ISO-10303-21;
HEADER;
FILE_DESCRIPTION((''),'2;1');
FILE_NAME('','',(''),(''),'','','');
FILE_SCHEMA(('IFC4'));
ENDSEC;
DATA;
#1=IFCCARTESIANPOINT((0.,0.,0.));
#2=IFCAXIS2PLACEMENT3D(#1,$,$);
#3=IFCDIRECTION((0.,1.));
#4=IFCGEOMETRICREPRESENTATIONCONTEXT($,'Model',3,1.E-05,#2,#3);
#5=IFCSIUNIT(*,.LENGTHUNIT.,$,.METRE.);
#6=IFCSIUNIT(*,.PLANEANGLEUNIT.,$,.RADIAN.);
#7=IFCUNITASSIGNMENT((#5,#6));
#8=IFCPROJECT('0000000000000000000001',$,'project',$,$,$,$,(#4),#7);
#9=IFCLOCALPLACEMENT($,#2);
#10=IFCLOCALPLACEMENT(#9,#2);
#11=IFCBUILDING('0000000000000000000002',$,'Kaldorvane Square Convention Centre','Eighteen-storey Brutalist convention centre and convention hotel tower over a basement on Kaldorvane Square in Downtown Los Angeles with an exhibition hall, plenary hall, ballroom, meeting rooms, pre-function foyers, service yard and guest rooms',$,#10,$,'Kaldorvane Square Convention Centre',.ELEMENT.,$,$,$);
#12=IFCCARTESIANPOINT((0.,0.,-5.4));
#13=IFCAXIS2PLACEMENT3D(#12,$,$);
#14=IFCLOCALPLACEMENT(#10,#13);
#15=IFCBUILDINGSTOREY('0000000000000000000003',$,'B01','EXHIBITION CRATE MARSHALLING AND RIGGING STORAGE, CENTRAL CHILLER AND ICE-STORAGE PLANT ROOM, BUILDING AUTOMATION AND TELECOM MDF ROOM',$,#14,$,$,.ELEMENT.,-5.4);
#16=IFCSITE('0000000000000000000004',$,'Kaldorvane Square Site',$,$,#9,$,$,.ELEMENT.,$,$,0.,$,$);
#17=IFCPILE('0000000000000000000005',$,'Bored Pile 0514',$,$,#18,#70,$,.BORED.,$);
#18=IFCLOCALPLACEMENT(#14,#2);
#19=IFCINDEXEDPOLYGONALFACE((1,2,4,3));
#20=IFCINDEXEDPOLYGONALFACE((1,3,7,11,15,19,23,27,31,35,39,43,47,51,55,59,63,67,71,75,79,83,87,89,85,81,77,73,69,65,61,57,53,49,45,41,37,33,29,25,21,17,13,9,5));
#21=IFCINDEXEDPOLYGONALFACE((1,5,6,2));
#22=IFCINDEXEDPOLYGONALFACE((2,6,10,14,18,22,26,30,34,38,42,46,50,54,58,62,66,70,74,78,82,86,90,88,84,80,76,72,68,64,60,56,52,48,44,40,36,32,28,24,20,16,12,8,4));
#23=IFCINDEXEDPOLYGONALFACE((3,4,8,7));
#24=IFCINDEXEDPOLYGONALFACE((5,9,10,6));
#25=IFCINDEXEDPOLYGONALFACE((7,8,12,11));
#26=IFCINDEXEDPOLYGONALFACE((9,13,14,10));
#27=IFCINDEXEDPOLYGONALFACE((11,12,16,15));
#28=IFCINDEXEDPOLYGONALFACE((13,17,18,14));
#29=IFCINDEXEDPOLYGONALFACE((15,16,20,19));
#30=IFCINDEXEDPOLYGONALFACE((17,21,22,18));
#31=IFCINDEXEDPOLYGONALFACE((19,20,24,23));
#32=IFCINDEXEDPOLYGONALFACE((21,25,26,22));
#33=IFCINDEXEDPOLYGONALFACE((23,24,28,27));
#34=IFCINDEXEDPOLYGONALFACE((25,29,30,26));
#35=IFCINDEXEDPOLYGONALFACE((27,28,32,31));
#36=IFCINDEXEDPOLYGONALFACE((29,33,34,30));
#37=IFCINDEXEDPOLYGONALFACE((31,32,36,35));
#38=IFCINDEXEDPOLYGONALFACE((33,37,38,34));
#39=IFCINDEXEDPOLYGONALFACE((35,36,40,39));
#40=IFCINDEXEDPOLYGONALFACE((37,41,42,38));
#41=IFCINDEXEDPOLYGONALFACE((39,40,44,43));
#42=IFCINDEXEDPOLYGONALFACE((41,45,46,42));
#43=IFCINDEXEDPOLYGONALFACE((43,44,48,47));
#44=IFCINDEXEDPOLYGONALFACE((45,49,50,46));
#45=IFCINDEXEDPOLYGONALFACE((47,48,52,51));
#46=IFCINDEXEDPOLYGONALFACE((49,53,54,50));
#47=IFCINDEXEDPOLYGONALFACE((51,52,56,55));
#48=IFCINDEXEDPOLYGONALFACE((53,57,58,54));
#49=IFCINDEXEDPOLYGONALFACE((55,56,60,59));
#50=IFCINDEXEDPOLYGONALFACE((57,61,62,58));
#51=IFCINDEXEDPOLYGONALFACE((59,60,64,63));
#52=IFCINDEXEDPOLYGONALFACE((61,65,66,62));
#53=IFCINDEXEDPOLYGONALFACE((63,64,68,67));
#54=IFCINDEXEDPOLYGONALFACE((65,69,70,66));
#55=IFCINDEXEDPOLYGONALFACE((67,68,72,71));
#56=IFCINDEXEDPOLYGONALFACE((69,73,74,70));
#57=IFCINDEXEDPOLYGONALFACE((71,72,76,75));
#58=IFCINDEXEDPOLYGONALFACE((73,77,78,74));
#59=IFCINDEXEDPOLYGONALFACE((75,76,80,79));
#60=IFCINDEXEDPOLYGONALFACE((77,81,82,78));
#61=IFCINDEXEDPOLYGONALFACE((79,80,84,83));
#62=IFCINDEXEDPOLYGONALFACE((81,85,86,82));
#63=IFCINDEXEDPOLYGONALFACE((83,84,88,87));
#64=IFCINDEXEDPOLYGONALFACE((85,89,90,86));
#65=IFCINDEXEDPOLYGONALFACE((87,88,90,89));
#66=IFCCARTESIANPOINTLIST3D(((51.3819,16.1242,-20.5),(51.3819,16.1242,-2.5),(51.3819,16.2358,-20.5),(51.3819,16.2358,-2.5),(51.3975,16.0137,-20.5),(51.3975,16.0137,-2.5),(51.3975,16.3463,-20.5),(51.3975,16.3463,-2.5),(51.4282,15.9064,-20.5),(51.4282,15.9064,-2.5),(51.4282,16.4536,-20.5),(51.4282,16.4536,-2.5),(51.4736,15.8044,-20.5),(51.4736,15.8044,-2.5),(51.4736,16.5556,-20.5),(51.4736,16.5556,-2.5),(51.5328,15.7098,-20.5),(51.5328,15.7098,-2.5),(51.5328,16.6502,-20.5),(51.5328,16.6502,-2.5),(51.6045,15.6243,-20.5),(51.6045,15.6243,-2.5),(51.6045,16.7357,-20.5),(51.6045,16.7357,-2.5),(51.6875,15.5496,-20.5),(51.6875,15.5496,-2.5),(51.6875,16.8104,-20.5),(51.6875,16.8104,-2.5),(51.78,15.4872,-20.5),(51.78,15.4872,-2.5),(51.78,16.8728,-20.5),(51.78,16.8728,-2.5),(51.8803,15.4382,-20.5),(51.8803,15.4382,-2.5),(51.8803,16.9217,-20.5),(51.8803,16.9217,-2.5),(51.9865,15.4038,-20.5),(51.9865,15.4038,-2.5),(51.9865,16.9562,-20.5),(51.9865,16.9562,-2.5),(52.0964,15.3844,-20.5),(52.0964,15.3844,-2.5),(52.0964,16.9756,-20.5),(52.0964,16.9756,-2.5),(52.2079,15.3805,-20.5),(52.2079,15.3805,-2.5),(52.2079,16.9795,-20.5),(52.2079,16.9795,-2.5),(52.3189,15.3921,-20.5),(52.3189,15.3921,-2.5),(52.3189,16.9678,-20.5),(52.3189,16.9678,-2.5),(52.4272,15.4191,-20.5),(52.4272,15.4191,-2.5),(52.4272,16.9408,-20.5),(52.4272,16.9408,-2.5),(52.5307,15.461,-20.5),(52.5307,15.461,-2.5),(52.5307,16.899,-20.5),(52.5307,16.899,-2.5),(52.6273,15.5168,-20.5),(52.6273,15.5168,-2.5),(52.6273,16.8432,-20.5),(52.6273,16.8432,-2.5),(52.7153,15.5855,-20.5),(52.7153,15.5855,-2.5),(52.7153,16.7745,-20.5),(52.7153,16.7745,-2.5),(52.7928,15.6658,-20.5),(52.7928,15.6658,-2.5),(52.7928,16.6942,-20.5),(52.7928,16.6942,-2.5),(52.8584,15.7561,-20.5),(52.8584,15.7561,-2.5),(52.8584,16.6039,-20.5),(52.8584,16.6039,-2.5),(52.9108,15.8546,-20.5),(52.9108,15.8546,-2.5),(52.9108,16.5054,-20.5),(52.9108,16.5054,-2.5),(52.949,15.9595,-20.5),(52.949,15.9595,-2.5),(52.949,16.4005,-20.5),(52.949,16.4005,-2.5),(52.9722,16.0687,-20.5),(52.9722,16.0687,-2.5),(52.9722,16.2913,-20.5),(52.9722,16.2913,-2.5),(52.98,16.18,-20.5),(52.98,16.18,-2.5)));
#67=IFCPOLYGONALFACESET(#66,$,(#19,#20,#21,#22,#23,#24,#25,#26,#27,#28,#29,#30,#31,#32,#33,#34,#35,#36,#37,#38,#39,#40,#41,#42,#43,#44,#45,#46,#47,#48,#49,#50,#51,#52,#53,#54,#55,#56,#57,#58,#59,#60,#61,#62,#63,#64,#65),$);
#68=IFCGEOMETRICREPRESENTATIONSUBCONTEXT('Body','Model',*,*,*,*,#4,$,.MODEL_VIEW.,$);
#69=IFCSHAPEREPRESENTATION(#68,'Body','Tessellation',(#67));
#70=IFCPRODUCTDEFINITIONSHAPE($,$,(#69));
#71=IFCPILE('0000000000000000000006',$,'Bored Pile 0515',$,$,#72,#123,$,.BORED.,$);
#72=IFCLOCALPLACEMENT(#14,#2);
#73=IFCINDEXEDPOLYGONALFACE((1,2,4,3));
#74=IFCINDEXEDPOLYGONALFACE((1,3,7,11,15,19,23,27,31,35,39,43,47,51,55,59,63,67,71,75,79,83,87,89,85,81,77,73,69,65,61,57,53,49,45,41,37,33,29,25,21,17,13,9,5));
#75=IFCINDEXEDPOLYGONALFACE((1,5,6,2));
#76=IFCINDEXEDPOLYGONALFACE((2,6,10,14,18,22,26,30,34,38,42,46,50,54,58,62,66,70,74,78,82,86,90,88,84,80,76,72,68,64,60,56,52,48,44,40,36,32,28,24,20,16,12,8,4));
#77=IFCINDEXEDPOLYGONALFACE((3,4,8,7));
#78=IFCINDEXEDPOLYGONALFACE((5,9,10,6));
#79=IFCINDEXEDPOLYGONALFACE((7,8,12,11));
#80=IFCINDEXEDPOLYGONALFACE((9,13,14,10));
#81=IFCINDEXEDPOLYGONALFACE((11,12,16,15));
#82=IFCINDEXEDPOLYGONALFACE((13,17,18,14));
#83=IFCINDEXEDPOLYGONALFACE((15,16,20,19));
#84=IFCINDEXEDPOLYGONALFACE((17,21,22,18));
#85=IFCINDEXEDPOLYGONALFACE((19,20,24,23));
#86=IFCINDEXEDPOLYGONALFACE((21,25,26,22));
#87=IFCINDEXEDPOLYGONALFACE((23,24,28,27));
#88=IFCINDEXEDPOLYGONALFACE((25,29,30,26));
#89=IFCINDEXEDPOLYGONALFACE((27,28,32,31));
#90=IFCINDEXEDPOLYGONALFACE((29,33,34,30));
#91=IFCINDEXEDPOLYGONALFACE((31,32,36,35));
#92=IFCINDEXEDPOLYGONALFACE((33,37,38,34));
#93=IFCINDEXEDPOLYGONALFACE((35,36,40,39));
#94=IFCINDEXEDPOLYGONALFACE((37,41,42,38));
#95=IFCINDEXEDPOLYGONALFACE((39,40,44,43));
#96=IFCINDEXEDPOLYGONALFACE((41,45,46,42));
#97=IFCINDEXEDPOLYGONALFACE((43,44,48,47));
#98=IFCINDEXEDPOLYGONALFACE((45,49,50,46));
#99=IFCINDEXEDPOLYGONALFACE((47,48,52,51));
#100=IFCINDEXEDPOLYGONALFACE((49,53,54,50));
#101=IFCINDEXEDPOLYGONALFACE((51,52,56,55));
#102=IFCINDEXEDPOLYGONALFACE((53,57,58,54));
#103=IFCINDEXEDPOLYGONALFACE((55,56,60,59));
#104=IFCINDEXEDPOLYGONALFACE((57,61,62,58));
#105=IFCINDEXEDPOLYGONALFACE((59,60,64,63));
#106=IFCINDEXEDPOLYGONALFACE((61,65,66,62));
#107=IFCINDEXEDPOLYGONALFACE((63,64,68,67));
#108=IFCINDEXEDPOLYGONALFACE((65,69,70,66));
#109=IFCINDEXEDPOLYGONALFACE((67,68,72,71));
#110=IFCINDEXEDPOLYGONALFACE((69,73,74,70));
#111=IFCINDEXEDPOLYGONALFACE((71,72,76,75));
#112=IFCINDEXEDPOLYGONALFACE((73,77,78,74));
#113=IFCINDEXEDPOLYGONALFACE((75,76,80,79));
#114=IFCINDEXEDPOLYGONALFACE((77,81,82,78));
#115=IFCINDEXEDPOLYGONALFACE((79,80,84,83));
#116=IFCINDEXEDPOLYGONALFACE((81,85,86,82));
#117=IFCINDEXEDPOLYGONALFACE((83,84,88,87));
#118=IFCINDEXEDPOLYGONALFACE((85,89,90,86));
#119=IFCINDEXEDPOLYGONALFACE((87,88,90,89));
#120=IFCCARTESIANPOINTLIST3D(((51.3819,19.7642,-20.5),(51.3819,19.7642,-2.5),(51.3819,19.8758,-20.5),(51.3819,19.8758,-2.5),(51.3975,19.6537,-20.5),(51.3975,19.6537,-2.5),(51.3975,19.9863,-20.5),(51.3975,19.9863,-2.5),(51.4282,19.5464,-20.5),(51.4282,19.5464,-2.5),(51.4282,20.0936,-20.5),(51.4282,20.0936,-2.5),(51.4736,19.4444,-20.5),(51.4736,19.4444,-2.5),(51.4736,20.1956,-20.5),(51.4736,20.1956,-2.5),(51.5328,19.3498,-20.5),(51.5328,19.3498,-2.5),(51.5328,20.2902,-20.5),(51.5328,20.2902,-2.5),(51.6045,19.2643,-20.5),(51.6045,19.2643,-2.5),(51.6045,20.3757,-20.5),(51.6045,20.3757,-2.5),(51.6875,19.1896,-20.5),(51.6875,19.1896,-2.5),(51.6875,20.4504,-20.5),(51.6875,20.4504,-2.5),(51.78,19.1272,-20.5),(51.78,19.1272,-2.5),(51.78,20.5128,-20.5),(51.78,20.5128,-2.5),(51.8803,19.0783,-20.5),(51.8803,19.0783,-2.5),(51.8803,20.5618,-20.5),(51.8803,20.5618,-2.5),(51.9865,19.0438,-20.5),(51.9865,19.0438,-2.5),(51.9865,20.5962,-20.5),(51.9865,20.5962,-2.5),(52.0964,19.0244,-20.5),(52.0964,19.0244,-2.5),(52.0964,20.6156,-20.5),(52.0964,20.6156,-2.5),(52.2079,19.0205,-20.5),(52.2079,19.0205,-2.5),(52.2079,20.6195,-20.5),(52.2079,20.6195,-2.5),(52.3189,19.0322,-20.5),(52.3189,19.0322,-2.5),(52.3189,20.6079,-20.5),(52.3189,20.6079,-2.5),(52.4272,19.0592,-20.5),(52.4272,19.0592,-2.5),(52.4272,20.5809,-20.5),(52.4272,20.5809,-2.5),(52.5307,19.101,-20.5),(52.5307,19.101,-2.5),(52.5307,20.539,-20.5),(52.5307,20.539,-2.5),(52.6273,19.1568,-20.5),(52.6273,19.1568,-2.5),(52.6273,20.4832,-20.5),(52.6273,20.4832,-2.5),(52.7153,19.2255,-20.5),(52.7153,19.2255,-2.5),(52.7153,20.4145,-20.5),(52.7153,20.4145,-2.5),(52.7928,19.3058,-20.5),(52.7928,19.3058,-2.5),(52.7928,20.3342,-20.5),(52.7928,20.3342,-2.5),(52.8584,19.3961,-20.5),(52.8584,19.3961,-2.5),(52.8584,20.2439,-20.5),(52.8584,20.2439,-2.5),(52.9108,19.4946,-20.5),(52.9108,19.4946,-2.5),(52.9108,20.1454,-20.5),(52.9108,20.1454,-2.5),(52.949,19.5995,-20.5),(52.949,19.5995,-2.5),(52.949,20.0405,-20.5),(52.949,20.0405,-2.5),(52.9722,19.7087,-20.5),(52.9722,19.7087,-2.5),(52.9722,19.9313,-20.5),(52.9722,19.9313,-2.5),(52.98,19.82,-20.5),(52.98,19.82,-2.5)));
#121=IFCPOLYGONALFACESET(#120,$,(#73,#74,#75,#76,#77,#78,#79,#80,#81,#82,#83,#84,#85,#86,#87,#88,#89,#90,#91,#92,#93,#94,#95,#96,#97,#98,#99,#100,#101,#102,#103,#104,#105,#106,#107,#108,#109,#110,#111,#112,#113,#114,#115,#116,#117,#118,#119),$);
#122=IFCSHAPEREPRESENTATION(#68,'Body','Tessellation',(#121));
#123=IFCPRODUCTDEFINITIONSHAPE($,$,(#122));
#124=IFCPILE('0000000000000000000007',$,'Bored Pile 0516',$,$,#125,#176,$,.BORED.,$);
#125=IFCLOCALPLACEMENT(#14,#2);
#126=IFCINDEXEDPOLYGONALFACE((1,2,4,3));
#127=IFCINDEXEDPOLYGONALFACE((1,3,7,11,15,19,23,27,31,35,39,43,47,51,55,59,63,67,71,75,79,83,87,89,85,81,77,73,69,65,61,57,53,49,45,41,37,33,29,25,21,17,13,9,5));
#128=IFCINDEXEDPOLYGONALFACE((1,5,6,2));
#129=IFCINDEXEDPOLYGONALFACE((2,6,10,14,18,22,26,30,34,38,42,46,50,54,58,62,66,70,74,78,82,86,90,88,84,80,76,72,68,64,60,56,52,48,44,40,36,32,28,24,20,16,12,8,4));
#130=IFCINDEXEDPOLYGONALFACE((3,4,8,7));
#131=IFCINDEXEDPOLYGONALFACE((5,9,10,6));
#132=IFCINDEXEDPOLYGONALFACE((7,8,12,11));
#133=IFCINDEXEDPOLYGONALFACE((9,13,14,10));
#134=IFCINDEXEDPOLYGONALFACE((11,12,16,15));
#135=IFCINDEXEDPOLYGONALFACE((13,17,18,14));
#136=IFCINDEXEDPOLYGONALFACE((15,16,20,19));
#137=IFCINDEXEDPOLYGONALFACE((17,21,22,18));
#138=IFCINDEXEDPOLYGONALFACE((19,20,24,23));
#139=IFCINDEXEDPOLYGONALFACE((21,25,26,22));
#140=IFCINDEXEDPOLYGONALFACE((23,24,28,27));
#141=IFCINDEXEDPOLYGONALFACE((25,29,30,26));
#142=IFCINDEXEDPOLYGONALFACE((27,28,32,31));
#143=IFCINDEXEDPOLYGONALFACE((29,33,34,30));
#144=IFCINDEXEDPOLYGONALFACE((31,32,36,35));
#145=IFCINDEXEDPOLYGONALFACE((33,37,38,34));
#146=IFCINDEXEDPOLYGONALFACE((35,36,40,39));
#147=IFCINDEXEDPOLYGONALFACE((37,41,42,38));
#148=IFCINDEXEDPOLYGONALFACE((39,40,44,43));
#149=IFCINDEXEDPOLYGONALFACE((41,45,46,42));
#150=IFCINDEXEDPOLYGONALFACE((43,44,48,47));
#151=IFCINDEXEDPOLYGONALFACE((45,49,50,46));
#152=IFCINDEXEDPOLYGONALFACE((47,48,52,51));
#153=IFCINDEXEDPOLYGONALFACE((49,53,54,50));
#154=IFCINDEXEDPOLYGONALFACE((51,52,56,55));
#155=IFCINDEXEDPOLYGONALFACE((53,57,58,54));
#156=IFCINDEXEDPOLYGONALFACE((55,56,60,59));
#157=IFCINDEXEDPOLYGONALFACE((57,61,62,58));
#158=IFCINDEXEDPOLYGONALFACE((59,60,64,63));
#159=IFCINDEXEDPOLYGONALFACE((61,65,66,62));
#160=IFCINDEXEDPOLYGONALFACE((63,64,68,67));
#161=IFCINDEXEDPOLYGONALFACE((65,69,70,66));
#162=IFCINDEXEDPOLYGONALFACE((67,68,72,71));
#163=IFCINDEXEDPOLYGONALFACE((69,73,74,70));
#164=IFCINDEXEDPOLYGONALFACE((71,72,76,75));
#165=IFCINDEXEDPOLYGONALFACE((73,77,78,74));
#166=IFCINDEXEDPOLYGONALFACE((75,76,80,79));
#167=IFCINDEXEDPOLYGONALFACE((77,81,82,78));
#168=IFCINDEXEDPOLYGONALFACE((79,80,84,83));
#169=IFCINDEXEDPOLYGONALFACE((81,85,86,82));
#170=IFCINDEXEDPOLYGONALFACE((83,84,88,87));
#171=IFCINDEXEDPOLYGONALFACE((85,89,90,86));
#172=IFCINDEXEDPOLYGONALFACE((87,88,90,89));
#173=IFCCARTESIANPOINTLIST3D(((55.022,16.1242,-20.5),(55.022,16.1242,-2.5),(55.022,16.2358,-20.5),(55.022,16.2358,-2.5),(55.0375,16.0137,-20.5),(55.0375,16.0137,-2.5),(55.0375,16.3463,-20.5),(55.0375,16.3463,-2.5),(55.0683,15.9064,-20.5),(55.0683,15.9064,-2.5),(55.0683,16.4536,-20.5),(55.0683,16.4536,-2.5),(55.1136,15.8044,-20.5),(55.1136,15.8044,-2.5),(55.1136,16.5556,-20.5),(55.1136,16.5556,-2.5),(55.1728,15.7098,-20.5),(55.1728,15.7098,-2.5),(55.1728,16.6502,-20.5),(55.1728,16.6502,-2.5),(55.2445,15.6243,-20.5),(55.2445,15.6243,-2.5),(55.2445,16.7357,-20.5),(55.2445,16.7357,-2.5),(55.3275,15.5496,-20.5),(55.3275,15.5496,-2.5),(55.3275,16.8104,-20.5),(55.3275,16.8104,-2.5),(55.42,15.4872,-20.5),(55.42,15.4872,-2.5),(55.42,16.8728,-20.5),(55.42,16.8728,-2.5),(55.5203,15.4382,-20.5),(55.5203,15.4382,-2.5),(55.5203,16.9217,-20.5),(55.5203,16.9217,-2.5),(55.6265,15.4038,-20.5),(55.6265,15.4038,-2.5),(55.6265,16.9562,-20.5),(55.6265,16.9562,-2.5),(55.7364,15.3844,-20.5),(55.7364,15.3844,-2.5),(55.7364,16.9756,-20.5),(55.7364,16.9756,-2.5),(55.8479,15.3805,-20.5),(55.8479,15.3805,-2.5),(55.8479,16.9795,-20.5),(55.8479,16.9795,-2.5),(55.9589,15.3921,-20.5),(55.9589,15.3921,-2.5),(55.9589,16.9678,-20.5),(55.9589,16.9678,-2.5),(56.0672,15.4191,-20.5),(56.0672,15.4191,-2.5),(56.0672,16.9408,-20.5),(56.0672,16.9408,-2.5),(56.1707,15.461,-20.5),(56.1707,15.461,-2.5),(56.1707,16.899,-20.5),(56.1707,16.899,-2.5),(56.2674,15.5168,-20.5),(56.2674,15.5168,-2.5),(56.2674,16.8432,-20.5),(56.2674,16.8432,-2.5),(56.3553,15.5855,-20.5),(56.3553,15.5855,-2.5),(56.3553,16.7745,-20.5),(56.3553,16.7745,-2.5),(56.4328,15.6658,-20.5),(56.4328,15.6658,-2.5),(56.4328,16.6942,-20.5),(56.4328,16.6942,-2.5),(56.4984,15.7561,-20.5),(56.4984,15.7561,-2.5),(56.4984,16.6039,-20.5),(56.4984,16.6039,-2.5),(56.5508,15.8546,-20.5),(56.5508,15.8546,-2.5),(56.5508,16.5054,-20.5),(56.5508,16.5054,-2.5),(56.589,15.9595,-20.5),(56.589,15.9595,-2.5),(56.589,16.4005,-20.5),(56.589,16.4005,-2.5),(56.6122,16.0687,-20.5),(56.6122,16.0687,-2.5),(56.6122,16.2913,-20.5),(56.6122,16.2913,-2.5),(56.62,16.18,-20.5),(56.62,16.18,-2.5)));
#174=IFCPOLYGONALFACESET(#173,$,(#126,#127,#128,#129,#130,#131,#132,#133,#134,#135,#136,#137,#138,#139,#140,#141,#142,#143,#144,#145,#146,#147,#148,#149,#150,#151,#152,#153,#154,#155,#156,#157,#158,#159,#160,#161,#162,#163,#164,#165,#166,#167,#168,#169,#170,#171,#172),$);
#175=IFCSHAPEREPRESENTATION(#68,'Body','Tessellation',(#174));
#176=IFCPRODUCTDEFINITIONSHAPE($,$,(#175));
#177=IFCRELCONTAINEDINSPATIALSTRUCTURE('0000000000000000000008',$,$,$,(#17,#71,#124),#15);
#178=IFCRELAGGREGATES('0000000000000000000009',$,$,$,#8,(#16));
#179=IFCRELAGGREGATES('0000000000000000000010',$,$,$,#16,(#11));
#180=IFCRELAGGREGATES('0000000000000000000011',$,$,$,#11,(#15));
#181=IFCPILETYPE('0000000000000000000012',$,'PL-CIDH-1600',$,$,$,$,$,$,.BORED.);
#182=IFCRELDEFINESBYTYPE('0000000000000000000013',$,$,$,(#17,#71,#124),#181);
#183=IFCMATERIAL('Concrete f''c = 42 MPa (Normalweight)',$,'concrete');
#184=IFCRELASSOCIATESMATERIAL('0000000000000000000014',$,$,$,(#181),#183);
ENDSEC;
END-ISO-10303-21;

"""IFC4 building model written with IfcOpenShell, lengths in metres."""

from ifc_helpers import new_model, si_unit, direction, frame, origin, origin_2d, place, context, subcontext, project, spatial, circle, extrude, material, material_profile, profile_set, type_object, element, save


model = new_model("IFC4")

# Units and contexts
model_context = context("Model", 3, precision=1e-05, world=origin(), true_north=direction((0.0, 1.0)))
body_context = subcontext(model_context, "Body", "Model", "MODEL_VIEW")
ifc_project = project(units=[si_unit("LENGTHUNIT", "METRE"), si_unit("PLANEANGLEUNIT", "RADIAN")], contexts=[model_context])

# Site, building, storey
site_placement = place(None, origin())
site = spatial("IfcSite", under=ifc_project, at=site_placement, Name="Kaldorvane Square Site", CompositionType="ELEMENT", RefElevation=0.0)
building_placement = place(site_placement, origin())
building = spatial("IfcBuilding", under=site, at=building_placement, Name="Kaldorvane Square Convention Centre", Description="Eighteen-storey Brutalist convention centre and convention hotel tower over a basement on Kaldorvane Square in Downtown Los Angeles with an exhibition hall, plenary hall, ballroom, meeting rooms, pre-function foyers, service yard and guest rooms", LongName="Kaldorvane Square Convention Centre", CompositionType="ELEMENT")
storey_placement = place(building_placement, frame((0.0, 0.0, -5.4)))
storey = spatial("IfcBuildingStorey", under=building, at=storey_placement, Name="B01", Description="EXHIBITION CRATE MARSHALLING AND RIGGING STORAGE, CENTRAL CHILLER AND ICE-STORAGE PLANT ROOM, BUILDING AUTOMATION AND TELECOM MDF ROOM", CompositionType="ELEMENT", Elevation=-5.4)

# Shared definitions
ifc_material_1 = material(Name="Concrete f'c = 42 MPa (Normalweight)", Category="concrete")

# Piles
ifc_material_profile_1 = material_profile(ifc_material_1, circle(Radius=0.8, at=origin_2d()), Name="PILE-D1600")
ifc_profile_set_1 = profile_set([ifc_material_profile_1], Name="Concrete f'c = 42 MPa (Normalweight)")
pile_type_1 = type_object("IfcPileType", Name="PL-CIDH-1600", PredefinedType="BORED", material=ifc_profile_set_1)
for number, where, z_axis, x_axis, name in (
    (1, (52.18, 16.18, -2.5), (0.0, 0.0, -1.0), (1.0, 0.0, 0.0), "Bored Pile 0514"),
    (2, (52.18, 19.82, -2.5), (0.0, 0.0, -1.0), (1.0, 0.0, 0.0), "Bored Pile 0515"),
    (3, (55.82, 16.18, -2.5), (0.0, 0.0, -1.0), (1.0, 0.0, 0.0), "Bored Pile 0516"),
):
    element("IfcPile", number, at=place(storey_placement, frame(where, z_axis=z_axis, x_axis=x_axis)), inside=storey, type_object=pile_type_1, Name=name, PredefinedType="BORED", context=body_context, shape_type="SweptSolid", body=[
        extrude(circle(Radius=0.8, at=origin_2d()), origin(), (0.0, 0.0, 1.0), 18.0),
    ])

save(model, "model.ifc")
